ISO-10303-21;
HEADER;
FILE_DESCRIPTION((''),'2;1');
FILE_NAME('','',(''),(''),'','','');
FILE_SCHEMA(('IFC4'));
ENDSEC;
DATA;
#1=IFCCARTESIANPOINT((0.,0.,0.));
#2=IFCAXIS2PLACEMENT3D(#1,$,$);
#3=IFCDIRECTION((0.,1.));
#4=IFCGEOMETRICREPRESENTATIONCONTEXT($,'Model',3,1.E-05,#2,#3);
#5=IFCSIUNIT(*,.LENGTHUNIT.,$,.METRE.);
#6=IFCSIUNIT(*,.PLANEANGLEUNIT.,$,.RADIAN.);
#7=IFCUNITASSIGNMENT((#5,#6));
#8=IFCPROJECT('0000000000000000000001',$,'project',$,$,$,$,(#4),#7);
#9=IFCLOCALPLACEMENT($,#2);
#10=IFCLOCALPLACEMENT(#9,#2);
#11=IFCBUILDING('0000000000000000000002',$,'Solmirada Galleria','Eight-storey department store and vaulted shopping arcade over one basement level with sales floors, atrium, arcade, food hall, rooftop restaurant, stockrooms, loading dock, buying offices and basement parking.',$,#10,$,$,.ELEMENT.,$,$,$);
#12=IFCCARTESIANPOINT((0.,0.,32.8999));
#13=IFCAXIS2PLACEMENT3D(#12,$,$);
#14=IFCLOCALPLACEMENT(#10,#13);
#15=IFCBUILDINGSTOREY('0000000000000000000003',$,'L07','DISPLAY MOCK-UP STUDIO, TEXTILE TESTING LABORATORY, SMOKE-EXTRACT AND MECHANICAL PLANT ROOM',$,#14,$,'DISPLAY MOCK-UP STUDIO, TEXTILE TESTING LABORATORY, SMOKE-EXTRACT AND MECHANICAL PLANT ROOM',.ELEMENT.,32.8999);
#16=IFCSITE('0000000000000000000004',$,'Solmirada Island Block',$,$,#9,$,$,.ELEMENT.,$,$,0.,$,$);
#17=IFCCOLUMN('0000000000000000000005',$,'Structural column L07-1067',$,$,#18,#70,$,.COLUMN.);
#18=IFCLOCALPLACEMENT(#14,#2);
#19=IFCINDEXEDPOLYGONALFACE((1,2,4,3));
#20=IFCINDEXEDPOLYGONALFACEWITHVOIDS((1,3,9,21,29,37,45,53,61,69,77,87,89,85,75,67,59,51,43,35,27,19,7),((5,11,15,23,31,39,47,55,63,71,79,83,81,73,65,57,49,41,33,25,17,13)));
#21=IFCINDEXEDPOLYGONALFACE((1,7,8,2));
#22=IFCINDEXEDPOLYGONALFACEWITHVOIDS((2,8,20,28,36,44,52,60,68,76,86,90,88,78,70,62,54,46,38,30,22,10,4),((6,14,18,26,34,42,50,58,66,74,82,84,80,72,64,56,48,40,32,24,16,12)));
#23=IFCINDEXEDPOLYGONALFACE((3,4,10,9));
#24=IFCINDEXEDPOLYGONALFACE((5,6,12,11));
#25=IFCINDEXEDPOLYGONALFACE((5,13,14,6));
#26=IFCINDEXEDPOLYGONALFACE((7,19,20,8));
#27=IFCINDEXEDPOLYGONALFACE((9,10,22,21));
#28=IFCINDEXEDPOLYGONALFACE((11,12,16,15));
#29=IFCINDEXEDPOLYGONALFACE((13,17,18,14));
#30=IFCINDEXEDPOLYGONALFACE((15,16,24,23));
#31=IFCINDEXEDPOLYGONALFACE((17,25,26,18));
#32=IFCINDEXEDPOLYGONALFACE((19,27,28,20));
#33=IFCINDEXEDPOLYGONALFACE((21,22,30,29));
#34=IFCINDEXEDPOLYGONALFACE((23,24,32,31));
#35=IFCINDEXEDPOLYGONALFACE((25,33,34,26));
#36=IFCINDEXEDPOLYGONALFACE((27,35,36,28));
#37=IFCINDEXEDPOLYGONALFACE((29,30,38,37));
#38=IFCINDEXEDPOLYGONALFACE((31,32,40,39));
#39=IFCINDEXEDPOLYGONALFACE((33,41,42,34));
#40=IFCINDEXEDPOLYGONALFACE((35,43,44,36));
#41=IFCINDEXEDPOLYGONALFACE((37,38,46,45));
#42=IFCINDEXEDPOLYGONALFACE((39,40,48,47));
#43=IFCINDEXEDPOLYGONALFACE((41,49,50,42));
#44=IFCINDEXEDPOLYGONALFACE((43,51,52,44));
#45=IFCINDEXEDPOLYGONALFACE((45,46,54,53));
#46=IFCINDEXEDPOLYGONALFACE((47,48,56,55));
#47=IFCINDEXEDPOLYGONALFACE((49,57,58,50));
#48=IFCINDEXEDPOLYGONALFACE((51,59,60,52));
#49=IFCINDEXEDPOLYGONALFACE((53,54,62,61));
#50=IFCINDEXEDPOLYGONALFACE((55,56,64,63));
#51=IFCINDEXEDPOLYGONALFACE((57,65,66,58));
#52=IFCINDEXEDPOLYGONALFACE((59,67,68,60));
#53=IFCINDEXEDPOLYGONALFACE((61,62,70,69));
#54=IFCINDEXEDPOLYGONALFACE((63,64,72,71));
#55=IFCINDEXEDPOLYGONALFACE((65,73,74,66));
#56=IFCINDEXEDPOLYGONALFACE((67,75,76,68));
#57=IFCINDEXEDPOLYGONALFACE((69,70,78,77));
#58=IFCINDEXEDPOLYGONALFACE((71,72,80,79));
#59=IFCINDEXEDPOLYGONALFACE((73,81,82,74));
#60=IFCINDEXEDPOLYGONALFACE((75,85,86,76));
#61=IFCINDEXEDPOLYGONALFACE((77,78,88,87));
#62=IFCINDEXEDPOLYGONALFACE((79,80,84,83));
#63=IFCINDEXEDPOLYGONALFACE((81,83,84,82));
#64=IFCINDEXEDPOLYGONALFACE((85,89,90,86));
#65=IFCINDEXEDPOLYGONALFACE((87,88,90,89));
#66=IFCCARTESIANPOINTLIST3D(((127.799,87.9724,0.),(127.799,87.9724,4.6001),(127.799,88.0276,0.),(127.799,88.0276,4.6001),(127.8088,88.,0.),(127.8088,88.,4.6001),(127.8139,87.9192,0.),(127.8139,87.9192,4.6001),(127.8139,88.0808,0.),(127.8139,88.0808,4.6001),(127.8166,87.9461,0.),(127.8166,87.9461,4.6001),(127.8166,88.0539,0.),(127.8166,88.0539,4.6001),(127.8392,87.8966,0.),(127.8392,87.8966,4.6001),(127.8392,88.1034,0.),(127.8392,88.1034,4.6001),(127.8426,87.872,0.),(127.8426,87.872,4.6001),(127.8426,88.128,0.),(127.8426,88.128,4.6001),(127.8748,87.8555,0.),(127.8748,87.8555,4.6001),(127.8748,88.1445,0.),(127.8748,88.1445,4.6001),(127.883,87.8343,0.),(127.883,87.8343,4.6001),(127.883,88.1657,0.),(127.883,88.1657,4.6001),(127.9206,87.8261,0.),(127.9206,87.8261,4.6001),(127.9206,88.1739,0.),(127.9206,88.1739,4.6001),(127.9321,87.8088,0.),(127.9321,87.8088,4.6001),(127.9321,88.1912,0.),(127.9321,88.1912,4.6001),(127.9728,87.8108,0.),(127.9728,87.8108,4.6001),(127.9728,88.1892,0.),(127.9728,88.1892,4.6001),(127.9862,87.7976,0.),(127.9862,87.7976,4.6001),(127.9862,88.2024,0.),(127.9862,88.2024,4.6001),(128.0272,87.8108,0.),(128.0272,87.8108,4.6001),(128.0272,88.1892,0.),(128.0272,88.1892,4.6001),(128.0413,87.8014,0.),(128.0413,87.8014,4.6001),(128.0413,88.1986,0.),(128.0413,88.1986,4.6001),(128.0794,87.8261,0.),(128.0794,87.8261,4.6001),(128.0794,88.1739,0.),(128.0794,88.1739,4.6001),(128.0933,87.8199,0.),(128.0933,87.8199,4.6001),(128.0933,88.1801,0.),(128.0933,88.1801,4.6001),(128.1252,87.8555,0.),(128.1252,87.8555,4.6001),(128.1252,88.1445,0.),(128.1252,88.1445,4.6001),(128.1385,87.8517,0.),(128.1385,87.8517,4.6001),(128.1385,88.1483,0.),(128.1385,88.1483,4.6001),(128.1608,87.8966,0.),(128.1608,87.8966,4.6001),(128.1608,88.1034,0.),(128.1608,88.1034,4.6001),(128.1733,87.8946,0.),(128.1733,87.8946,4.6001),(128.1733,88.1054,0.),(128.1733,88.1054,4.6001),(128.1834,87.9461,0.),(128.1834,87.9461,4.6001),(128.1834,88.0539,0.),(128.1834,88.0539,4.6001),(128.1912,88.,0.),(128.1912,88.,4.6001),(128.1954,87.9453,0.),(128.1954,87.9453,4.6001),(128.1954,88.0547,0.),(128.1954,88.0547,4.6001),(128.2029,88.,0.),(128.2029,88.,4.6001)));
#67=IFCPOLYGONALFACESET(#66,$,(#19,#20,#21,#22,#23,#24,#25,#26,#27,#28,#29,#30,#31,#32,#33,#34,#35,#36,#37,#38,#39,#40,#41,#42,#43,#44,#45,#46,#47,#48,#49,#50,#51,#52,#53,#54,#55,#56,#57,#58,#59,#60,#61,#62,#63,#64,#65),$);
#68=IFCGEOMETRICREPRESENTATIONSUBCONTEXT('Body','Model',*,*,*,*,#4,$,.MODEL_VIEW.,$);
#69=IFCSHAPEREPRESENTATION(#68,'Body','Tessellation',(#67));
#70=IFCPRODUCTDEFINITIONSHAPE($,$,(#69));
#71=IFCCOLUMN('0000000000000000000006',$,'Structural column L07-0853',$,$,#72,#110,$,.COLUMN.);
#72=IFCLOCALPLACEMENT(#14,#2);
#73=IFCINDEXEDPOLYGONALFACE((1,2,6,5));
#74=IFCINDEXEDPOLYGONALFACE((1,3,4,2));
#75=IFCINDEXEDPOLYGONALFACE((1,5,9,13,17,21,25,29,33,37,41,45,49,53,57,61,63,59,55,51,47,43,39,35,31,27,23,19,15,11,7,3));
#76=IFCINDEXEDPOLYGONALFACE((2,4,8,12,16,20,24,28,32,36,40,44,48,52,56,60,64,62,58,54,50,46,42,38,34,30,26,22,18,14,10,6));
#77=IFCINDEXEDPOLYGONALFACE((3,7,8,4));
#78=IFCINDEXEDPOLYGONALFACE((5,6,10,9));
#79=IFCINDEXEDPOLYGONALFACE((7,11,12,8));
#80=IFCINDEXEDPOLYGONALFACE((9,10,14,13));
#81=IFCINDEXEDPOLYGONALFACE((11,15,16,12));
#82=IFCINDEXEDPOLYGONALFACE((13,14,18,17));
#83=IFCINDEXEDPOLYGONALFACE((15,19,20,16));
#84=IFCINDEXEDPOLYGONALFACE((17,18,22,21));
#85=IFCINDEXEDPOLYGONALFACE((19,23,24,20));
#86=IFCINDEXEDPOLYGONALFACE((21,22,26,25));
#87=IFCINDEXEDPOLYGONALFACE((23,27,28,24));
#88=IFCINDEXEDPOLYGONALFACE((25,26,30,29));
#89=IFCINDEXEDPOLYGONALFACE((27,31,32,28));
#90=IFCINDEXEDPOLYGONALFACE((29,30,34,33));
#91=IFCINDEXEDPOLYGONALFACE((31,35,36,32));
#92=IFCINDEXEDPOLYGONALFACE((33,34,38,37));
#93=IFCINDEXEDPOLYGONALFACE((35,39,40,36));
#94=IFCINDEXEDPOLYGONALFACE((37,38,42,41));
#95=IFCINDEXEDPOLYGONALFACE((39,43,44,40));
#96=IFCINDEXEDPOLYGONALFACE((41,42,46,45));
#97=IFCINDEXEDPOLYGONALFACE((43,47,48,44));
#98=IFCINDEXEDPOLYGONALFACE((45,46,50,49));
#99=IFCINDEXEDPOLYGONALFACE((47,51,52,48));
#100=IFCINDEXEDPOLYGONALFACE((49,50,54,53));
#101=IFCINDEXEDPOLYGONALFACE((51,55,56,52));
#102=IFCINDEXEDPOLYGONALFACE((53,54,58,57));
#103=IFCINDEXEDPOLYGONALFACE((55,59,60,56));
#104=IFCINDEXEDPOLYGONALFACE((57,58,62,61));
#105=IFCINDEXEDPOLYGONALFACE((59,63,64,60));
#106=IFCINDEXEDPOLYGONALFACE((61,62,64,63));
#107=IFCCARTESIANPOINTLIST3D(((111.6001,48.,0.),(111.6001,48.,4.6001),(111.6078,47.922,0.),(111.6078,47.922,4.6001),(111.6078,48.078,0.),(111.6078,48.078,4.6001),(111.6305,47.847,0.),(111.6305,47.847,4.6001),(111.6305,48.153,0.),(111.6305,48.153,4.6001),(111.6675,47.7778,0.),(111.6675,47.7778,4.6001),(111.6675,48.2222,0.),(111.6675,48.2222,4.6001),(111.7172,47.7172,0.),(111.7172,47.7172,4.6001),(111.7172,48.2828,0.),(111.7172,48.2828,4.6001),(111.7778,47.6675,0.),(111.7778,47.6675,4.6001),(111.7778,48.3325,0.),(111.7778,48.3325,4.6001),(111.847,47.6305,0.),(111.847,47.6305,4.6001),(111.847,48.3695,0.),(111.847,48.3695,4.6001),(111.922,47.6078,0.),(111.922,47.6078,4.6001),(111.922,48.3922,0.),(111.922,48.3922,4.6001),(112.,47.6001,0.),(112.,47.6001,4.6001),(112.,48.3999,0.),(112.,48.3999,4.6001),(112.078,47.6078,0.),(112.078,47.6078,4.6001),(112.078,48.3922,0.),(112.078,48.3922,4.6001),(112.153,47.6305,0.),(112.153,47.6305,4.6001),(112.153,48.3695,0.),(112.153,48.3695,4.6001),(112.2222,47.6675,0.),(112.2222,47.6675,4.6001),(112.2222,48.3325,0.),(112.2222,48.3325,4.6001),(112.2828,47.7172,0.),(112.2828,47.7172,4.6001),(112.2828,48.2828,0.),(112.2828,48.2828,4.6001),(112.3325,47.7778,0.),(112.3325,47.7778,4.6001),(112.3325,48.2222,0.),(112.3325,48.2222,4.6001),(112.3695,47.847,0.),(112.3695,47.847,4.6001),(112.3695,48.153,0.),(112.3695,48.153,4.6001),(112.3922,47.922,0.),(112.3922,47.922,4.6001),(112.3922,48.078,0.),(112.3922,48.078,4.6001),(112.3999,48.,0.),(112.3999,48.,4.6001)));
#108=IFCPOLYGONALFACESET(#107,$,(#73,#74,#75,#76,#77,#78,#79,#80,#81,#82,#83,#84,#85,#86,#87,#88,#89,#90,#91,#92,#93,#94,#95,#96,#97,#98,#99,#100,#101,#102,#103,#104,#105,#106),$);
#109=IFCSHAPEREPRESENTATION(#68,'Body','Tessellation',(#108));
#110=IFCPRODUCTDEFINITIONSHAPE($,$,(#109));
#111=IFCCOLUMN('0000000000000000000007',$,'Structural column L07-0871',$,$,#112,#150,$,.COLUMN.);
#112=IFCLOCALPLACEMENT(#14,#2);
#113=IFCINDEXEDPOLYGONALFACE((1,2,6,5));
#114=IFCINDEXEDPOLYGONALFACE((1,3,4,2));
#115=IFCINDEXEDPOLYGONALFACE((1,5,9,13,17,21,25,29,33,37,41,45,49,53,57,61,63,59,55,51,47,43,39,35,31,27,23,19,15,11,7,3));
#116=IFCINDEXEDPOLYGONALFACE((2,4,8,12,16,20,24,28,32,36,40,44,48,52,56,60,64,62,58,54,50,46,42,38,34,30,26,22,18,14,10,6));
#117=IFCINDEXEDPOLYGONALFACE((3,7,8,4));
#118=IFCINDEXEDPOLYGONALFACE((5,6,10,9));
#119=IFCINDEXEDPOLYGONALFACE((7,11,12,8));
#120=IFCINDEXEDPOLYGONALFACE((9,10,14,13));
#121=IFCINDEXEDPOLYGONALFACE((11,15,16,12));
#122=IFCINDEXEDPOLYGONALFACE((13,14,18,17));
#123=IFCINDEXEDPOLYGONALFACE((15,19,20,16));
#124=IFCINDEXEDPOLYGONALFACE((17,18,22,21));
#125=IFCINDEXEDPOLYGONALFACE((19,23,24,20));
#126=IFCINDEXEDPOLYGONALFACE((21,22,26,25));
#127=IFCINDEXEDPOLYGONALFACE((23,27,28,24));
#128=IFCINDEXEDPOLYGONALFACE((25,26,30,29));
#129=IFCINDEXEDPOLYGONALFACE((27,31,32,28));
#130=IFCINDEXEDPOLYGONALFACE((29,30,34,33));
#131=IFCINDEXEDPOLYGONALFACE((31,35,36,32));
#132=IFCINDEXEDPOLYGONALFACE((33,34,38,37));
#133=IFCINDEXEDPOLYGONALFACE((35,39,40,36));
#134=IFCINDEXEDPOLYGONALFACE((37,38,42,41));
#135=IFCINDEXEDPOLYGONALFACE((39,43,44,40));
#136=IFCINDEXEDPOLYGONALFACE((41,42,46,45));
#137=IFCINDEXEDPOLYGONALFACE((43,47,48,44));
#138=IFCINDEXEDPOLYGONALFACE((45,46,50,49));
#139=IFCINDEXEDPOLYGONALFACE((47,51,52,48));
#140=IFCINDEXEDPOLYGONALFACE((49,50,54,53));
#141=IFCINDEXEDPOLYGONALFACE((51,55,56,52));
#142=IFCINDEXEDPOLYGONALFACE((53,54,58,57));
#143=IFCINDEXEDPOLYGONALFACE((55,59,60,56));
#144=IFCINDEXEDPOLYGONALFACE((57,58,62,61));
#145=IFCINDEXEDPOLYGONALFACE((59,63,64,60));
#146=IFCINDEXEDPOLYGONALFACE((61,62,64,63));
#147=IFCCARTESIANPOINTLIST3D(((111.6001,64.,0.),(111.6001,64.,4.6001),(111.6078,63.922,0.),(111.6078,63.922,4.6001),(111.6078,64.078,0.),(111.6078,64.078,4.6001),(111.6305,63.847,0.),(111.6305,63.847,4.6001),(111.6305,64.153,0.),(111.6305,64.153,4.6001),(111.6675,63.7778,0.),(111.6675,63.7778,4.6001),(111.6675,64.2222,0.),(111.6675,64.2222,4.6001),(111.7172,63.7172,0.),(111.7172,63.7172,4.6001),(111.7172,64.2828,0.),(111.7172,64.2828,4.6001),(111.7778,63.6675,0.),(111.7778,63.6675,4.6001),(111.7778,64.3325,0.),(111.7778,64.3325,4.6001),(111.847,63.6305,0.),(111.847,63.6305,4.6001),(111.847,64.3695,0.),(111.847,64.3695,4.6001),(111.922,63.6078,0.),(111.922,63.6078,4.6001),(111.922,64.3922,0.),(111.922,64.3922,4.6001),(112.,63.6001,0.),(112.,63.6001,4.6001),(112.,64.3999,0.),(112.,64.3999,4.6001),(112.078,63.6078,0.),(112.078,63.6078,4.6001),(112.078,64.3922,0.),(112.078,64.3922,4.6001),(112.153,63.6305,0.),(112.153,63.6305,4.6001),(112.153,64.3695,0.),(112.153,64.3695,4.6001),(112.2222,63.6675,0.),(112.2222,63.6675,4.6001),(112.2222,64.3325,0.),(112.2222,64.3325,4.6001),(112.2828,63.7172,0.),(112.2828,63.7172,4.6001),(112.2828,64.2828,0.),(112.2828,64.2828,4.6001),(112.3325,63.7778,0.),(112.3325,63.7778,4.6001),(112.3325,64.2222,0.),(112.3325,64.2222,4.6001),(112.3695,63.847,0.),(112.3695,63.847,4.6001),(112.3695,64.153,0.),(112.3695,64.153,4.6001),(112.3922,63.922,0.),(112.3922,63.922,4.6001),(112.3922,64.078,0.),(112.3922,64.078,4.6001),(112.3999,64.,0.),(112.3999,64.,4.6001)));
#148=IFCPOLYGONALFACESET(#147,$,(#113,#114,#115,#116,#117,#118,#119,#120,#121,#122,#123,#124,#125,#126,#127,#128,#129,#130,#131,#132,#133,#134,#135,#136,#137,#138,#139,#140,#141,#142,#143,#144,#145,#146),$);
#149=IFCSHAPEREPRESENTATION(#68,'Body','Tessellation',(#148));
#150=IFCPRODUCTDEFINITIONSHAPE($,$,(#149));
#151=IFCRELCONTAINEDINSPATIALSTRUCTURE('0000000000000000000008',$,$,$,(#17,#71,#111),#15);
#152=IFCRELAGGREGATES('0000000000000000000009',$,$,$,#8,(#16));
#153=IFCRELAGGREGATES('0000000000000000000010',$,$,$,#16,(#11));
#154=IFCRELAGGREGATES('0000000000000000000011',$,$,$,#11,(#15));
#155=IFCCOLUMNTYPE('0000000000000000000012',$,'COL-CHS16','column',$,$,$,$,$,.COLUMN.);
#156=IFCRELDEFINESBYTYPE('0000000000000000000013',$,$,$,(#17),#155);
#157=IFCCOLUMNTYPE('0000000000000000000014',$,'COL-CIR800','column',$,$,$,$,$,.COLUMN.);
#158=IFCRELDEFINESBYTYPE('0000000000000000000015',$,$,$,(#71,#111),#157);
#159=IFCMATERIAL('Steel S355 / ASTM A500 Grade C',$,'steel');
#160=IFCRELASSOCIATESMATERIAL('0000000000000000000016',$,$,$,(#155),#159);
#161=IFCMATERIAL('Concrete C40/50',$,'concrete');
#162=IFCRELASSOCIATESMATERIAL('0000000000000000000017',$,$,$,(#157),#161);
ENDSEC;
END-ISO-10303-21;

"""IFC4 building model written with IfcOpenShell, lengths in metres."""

from ifc_helpers import new_model, si_unit, direction, frame, origin, origin_2d, place, context, subcontext, project, spatial, circle, hollow_circle, extrude, material, material_profile, profile_set, type_object, element, save


model = new_model("IFC4")

# Units and contexts
model_context = context("Model", 3, precision=1e-05, world=origin(), true_north=direction((0.0, 1.0)))
body_context = subcontext(model_context, "Body", "Model", "MODEL_VIEW")
ifc_project = project(units=[si_unit("LENGTHUNIT", "METRE"), si_unit("PLANEANGLEUNIT", "RADIAN")], contexts=[model_context])

# Site, building, storey
site_placement = place(None, origin())
site = spatial("IfcSite", under=ifc_project, at=site_placement, Name="Solmirada Island Block", CompositionType="ELEMENT", RefElevation=0.0)
building_placement = place(site_placement, origin())
building = spatial("IfcBuilding", under=site, at=building_placement, Name="Solmirada Galleria", Description="Eight-storey department store and vaulted shopping arcade over one basement level with sales floors, atrium, arcade, food hall, rooftop restaurant, stockrooms, loading dock, buying offices and basement parking.", CompositionType="ELEMENT")
storey_placement = place(building_placement, frame((0.0, 0.0, 32.8999)))
storey = spatial("IfcBuildingStorey", under=building, at=storey_placement, Name="L07", Description="DISPLAY MOCK-UP STUDIO, TEXTILE TESTING LABORATORY, SMOKE-EXTRACT AND MECHANICAL PLANT ROOM", LongName="DISPLAY MOCK-UP STUDIO, TEXTILE TESTING LABORATORY, SMOKE-EXTRACT AND MECHANICAL PLANT ROOM", CompositionType="ELEMENT", Elevation=32.8999)

# Columns
ifc_material_1 = material(Name="Steel S355 / ASTM A500 Grade C", Category="steel")
ifc_material_profile_1 = material_profile(ifc_material_1, hollow_circle(Radius=0.2029, WallThickness=0.0117, at=origin_2d()), Name="HSS16.000X0.500")
ifc_profile_set_1 = profile_set([ifc_material_profile_1], Name="Steel S355 / ASTM A500 Grade C")
column_type_1 = type_object("IfcColumnType", Name="COL-CHS16", Description="column", PredefinedType="COLUMN", material=ifc_profile_set_1)
column_1_placement = place(storey_placement, frame((128.0, 88.0, 0.0), z_axis=(0.0, 0.0, 1.0), x_axis=(1.0, 0.0, 0.0)))
element("IfcColumn", 1, at=column_1_placement, inside=storey, type_object=column_type_1, Name="Structural column L07-1067", PredefinedType="COLUMN", context=body_context, shape_type="SweptSolid", body=[
    extrude(hollow_circle(Radius=0.2029, WallThickness=0.0117, at=origin_2d()), origin(), (0.0, 0.0, 1.0), 4.6001),
])
ifc_material_2 = material(Name="Concrete C40/50", Category="concrete")
ifc_material_profile_2 = material_profile(ifc_material_2, circle(Radius=0.3999, at=origin_2d()), Name="RCCOL800")
ifc_profile_set_2 = profile_set([ifc_material_profile_2], Name="Concrete C40/50")
column_type_2 = type_object("IfcColumnType", Name="COL-CIR800", Description="column", PredefinedType="COLUMN", material=ifc_profile_set_2)
for number, where, z_axis, x_axis, name in (
    (2, (112.0, 48.0, 0.0), (0.0, 0.0, 1.0), (1.0, 0.0, 0.0), "Structural column L07-0853"),
    (3, (112.0, 64.0, 0.0), (0.0, 0.0, 1.0), (1.0, 0.0, 0.0), "Structural column L07-0871"),
):
    element("IfcColumn", number, at=place(storey_placement, frame(where, z_axis=z_axis, x_axis=x_axis)), inside=storey, type_object=column_type_2, Name=name, PredefinedType="COLUMN", context=body_context, shape_type="SweptSolid", body=[
        extrude(circle(Radius=0.3999, at=origin_2d()), origin(), (0.0, 0.0, 1.0), 4.6001),
    ])

save(model, "model.ifc")
